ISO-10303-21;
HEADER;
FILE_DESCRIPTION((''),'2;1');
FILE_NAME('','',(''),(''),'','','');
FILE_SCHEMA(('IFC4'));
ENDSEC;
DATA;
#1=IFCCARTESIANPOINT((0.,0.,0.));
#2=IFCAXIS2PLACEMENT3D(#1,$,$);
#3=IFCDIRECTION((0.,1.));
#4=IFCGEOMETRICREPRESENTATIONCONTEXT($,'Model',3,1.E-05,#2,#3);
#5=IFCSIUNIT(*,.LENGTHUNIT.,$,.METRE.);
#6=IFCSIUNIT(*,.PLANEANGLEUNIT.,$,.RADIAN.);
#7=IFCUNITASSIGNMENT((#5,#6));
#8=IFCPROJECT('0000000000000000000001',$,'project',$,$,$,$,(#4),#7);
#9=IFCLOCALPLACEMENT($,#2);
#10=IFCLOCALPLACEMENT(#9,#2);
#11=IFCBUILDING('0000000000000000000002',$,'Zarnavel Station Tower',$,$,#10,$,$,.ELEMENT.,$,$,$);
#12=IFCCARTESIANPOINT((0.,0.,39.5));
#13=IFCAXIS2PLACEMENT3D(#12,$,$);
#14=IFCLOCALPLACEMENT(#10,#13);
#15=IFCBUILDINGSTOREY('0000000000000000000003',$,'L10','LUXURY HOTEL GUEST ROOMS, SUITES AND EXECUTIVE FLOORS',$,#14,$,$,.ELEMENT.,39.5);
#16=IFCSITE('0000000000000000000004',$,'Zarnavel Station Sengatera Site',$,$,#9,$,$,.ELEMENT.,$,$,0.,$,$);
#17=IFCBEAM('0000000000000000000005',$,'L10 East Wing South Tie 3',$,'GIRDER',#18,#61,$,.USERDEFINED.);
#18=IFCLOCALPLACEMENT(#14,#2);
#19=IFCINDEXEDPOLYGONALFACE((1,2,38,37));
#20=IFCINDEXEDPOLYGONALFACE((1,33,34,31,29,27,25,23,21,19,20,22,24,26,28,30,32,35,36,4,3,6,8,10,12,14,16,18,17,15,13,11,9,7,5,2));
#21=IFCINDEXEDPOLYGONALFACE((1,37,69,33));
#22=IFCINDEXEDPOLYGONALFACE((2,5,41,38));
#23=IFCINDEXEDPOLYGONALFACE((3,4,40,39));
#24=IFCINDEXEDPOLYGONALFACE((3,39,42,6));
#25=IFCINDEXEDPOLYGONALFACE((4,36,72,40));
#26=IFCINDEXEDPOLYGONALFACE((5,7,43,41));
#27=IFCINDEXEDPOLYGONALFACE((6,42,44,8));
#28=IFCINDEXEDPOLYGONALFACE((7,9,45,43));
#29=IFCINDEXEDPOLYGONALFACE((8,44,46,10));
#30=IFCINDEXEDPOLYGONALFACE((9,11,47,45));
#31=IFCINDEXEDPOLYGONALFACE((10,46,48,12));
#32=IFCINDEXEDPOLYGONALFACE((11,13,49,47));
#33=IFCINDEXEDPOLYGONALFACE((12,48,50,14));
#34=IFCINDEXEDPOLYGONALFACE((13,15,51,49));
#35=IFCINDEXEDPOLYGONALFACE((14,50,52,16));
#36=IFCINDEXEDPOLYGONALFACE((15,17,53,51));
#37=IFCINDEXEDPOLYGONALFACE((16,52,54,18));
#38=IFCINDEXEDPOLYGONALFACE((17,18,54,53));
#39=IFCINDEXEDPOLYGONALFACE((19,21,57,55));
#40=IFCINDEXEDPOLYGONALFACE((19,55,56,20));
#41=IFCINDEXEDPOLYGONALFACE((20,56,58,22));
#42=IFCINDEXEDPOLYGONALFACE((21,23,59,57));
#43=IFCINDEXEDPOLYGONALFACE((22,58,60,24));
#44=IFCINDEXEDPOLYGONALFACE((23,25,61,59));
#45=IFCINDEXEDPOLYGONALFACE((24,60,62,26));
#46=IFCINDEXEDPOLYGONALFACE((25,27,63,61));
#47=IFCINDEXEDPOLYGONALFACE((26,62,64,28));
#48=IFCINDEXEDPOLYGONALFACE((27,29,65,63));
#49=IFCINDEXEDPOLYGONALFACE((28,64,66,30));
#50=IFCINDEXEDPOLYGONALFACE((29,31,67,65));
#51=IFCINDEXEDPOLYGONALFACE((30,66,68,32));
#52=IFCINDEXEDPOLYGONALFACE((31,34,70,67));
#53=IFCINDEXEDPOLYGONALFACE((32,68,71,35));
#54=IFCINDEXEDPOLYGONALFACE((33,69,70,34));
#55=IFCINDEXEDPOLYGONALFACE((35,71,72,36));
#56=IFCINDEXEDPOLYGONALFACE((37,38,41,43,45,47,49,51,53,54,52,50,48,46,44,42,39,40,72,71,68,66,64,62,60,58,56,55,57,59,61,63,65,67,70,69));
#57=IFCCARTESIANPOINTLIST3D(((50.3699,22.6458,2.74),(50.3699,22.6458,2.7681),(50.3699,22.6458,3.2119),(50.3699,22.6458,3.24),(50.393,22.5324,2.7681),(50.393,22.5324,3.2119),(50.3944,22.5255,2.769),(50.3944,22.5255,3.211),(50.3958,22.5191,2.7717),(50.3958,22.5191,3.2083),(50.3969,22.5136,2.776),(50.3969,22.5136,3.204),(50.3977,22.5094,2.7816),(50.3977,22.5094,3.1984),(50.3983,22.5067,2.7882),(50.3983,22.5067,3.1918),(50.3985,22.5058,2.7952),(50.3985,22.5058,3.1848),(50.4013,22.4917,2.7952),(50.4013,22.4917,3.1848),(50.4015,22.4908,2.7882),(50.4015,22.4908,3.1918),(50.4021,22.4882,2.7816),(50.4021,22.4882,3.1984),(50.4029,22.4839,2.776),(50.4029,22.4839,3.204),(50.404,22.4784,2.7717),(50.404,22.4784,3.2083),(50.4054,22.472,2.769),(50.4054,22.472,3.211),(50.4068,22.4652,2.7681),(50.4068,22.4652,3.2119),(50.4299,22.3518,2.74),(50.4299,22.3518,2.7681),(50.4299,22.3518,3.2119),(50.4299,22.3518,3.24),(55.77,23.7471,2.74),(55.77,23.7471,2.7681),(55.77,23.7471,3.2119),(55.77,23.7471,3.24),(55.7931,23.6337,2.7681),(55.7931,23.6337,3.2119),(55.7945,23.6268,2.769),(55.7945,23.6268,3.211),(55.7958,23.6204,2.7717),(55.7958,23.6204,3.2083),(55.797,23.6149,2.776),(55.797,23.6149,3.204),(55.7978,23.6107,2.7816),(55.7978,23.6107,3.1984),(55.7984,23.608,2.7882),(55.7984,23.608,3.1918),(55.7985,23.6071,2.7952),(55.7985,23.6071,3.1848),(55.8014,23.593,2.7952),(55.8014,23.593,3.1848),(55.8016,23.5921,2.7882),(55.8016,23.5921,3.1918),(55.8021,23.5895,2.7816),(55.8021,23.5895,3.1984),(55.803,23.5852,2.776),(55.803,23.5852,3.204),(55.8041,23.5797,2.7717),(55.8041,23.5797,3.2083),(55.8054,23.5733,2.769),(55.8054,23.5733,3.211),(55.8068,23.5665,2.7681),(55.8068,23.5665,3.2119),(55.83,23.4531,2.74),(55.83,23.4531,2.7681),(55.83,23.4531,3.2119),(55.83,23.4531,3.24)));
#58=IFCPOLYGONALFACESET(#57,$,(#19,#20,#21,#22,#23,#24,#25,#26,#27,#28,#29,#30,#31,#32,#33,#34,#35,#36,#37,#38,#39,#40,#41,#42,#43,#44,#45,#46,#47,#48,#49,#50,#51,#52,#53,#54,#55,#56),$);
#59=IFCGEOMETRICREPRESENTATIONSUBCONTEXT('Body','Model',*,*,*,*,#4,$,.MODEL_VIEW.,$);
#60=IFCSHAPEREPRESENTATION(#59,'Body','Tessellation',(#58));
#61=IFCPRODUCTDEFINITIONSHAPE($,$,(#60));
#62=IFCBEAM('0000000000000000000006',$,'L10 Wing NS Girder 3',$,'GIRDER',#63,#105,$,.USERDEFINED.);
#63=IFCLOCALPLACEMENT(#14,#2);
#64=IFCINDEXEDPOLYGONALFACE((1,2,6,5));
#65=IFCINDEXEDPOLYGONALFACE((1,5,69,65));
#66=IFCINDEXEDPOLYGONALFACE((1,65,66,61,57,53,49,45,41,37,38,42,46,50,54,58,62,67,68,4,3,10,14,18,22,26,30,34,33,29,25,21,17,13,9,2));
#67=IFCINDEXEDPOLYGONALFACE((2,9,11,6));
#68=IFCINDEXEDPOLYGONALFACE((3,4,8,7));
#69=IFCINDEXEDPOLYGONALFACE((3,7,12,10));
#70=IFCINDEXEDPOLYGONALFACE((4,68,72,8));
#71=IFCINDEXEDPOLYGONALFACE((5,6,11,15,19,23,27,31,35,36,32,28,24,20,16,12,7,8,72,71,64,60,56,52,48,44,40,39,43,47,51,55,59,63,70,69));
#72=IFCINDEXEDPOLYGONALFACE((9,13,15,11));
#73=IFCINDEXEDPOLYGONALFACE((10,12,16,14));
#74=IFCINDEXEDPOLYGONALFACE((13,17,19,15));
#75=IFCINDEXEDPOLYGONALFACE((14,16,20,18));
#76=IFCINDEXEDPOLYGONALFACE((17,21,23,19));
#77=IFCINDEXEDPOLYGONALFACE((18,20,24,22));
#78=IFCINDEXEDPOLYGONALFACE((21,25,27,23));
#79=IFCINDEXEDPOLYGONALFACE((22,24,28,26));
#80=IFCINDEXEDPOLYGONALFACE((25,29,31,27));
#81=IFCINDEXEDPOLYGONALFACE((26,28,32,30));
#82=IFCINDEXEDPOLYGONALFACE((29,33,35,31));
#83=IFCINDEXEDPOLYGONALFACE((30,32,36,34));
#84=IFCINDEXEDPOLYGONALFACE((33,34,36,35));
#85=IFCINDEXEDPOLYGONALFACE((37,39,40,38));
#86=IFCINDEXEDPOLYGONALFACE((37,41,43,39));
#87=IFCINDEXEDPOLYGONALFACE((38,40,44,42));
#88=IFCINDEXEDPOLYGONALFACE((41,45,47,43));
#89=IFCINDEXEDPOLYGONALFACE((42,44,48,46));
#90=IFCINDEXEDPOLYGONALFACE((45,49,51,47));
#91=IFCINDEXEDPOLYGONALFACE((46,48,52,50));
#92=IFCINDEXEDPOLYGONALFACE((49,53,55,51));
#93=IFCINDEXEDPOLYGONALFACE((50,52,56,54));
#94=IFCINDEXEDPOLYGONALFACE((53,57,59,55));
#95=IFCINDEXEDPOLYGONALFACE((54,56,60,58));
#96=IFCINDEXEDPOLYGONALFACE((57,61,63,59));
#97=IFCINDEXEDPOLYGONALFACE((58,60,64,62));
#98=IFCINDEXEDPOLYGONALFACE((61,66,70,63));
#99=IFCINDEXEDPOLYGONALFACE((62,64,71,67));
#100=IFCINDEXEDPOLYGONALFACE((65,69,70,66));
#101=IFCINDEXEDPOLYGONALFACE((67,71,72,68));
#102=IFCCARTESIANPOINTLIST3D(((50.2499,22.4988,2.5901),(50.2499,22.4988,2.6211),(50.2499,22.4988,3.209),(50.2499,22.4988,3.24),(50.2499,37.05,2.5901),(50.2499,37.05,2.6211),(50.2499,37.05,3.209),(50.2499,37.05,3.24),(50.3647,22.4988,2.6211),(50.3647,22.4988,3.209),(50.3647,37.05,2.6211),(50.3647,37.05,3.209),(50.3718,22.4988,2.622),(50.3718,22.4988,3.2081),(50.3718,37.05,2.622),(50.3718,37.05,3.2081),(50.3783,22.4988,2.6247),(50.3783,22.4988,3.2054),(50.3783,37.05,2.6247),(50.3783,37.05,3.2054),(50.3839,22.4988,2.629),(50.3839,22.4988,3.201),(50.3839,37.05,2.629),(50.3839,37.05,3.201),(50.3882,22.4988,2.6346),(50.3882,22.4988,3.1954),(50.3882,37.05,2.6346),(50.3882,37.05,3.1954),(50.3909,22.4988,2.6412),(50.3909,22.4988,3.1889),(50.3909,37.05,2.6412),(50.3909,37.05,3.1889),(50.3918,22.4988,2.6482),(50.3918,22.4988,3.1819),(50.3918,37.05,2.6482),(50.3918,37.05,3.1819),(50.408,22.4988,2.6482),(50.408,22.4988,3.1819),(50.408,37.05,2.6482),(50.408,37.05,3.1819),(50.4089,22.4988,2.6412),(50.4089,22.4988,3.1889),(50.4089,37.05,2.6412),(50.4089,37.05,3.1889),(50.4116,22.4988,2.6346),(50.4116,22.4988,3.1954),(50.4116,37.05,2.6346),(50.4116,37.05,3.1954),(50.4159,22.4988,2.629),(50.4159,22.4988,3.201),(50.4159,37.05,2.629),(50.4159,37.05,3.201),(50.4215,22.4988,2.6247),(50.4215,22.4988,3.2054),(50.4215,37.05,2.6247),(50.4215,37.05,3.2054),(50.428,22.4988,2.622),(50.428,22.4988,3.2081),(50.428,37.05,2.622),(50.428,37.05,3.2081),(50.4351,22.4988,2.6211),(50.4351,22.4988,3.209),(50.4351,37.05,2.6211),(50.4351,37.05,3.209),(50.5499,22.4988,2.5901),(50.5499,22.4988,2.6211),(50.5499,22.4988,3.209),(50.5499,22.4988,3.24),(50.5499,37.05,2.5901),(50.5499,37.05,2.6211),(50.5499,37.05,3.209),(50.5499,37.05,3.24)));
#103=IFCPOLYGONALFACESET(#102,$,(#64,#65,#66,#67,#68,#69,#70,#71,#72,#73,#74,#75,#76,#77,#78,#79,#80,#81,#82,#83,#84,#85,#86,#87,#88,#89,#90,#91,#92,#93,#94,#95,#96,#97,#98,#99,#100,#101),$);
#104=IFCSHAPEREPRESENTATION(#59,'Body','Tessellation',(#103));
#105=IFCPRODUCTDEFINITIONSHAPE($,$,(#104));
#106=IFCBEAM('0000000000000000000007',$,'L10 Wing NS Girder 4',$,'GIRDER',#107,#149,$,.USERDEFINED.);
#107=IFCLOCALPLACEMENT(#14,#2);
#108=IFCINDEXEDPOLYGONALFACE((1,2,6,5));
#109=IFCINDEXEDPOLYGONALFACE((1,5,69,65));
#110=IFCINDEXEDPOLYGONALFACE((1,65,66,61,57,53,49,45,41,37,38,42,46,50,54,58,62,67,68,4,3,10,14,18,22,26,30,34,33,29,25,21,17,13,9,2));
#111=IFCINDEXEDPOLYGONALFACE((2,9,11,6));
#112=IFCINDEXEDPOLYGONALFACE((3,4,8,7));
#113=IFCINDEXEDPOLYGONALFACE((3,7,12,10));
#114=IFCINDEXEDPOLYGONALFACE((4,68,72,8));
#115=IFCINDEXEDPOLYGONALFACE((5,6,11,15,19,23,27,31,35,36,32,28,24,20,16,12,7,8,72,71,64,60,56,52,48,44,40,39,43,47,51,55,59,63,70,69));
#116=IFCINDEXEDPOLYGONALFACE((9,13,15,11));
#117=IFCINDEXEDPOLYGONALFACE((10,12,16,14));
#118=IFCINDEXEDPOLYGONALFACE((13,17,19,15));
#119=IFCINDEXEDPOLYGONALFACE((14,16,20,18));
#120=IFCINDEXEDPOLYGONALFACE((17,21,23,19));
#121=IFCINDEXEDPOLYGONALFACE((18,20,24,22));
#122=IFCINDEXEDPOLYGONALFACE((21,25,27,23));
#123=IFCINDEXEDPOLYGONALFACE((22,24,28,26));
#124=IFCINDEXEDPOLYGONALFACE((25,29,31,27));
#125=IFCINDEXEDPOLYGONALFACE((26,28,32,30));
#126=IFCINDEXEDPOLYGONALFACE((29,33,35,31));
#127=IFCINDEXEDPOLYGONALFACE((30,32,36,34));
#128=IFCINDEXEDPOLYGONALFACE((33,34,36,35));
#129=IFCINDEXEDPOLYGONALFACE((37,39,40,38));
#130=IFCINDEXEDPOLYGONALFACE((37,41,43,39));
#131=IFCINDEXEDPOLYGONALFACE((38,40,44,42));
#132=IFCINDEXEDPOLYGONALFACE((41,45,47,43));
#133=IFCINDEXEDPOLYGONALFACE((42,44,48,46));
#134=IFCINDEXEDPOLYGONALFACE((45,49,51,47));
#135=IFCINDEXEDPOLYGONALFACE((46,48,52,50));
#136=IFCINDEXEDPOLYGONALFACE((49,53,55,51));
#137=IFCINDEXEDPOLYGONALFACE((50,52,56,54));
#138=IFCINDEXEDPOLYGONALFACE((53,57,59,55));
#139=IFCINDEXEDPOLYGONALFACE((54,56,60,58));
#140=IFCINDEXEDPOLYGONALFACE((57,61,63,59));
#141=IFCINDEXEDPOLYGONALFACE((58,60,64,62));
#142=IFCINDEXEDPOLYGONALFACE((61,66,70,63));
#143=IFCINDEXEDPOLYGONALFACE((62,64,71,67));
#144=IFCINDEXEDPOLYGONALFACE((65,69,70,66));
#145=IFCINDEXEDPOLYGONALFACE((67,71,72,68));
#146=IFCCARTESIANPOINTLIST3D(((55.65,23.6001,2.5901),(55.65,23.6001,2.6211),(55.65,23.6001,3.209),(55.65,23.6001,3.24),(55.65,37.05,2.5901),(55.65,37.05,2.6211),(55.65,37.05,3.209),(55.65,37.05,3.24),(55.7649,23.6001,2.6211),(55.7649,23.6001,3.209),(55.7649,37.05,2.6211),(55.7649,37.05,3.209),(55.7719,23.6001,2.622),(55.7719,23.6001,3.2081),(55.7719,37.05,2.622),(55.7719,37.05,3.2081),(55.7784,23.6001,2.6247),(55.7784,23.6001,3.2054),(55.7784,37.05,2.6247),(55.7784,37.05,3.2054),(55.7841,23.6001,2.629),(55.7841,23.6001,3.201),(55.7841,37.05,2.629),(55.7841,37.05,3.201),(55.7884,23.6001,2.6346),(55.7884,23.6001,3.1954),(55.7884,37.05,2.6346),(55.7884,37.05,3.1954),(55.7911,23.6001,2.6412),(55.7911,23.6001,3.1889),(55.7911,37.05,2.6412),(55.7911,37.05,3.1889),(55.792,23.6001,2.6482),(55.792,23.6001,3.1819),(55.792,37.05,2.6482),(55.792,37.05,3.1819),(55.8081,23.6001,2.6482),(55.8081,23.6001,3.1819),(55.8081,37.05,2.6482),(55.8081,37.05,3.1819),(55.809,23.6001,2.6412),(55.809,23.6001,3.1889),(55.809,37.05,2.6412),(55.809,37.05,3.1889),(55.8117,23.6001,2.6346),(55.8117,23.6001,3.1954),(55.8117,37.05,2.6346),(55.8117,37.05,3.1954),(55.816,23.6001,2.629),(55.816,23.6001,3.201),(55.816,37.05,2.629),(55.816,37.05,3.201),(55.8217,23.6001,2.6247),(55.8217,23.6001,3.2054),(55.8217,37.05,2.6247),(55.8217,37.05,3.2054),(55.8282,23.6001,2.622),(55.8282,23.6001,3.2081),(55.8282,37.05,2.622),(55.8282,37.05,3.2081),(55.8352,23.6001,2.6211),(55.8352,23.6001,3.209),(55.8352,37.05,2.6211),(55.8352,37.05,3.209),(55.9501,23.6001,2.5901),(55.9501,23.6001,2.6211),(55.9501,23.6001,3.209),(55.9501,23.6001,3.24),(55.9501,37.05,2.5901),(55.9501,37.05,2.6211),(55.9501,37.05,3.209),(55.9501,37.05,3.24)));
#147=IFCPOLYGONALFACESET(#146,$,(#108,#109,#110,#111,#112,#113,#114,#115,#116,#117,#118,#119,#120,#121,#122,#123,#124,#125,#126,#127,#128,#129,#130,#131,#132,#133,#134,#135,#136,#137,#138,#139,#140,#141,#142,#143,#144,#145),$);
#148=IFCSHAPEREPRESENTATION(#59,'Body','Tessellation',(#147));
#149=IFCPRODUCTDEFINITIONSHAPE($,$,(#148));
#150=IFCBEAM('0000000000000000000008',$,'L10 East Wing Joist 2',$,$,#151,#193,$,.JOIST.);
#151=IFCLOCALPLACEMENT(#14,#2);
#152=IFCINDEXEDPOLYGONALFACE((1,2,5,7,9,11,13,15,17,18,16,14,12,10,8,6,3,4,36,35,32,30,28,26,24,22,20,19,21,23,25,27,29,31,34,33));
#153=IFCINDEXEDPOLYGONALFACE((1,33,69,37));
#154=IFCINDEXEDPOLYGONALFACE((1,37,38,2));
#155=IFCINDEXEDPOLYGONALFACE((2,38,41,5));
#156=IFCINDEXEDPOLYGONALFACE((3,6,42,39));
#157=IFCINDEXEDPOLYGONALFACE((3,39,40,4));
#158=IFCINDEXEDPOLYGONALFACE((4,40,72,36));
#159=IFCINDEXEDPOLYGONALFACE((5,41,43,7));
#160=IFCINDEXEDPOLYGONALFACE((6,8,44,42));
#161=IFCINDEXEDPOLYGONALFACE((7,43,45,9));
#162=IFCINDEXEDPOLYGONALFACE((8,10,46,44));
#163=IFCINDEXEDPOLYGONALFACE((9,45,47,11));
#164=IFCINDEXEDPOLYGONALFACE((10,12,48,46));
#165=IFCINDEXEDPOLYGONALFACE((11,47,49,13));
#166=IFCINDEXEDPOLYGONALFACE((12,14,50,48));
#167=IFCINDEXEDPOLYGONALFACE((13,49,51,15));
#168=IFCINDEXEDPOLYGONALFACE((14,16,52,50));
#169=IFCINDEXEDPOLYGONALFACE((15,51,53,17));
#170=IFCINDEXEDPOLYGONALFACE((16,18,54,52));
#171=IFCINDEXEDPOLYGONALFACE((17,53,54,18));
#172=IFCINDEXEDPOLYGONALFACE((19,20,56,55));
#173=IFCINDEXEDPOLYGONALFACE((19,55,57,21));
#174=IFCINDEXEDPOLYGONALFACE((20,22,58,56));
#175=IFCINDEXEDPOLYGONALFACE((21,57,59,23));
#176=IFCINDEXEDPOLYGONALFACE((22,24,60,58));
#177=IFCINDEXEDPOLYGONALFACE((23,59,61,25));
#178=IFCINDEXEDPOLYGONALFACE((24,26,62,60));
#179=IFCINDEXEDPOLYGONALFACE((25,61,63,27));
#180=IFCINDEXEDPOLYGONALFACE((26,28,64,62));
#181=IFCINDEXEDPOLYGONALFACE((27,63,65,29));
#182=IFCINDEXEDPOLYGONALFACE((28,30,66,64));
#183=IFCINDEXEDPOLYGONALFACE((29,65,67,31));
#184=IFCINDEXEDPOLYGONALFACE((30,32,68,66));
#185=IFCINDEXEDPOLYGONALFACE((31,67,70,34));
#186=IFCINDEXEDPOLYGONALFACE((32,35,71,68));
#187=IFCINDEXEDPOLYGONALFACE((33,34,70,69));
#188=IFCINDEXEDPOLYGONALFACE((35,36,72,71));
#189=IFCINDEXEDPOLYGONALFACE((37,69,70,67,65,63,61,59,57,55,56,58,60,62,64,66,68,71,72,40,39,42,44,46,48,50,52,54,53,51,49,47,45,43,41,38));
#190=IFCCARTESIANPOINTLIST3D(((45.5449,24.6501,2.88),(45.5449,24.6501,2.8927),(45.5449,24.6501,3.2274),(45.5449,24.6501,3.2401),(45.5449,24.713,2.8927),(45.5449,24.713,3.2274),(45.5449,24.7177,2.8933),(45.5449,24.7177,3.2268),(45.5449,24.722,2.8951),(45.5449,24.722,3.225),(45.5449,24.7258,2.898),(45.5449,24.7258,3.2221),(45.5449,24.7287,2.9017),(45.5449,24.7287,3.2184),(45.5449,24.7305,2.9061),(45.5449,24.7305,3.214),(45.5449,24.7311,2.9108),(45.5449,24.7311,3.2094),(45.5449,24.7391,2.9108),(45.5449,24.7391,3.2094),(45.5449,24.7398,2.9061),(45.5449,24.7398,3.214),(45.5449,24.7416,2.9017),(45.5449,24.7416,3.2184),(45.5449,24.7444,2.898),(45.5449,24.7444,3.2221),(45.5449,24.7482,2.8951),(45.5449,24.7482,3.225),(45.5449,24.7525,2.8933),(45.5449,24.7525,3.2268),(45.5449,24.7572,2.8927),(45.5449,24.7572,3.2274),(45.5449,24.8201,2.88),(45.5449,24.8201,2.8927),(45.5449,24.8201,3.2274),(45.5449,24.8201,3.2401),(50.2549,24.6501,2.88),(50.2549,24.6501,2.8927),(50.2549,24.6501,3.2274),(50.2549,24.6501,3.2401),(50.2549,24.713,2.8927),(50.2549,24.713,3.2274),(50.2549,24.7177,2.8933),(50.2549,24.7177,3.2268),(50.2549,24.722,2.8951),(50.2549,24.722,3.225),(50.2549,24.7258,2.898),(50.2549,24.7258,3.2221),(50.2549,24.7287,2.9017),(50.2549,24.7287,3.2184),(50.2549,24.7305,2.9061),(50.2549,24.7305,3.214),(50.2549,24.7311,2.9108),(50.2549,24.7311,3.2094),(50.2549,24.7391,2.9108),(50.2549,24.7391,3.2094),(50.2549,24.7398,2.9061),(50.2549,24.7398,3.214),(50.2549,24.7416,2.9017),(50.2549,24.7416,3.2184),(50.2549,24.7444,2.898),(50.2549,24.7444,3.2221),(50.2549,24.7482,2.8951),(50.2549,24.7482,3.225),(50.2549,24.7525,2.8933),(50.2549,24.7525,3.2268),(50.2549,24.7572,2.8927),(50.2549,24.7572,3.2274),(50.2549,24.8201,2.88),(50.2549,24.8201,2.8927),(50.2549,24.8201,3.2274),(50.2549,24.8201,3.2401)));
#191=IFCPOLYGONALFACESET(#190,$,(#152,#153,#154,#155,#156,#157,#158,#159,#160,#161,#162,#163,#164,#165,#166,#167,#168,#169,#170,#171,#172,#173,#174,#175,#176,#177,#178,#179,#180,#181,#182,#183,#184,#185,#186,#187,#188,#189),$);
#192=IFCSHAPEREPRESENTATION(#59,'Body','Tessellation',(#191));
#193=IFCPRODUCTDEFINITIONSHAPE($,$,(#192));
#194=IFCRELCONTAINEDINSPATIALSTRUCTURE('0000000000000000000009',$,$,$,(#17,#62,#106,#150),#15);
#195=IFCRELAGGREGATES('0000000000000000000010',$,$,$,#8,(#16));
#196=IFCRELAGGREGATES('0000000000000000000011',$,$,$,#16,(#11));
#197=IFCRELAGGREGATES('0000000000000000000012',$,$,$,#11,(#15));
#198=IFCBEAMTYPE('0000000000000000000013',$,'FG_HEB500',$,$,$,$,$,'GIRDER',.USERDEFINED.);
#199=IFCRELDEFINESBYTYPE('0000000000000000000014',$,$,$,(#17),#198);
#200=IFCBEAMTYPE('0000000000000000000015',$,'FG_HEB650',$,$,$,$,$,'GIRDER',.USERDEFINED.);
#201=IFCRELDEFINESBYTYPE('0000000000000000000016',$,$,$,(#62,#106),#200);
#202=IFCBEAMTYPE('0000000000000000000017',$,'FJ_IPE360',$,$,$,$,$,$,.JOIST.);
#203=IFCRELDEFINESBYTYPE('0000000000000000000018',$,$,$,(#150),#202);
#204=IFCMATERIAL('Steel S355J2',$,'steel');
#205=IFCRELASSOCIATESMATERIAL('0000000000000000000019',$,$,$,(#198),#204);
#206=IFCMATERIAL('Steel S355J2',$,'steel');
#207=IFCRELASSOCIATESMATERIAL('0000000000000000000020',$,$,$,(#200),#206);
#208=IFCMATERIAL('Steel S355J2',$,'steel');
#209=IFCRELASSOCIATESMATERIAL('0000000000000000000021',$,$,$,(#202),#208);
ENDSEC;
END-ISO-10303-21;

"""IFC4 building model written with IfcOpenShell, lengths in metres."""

from ifc_helpers import new_model, si_unit, direction, frame, origin, origin_2d, place, context, subcontext, project, spatial, i_section, extrude, material, material_profile, profile_set, type_object, element, save


model = new_model("IFC4")

# Units and contexts
model_context = context("Model", 3, precision=1e-05, world=origin(), true_north=direction((0.0, 1.0)))
body_context = subcontext(model_context, "Body", "Model", "MODEL_VIEW")
ifc_project = project(units=[si_unit("LENGTHUNIT", "METRE"), si_unit("PLANEANGLEUNIT", "RADIAN")], contexts=[model_context])

# Site, building, storey
site_placement = place(None, origin())
site = spatial("IfcSite", under=ifc_project, at=site_placement, Name="Zarnavel Station Sengatera Site", CompositionType="ELEMENT", RefElevation=0.0)
building_placement = place(site_placement, origin())
building = spatial("IfcBuilding", under=site, at=building_placement, Name="Zarnavel Station Tower", CompositionType="ELEMENT")
storey_placement = place(building_placement, frame((0.0, 0.0, 39.5)))
storey = spatial("IfcBuildingStorey", under=building, at=storey_placement, Name="L10", Description="LUXURY HOTEL GUEST ROOMS, SUITES AND EXECUTIVE FLOORS", CompositionType="ELEMENT", Elevation=39.5)

# Beams
ifc_material_1 = material(Name="Steel S355J2", Category="steel")
ifc_material_profile_1 = material_profile(ifc_material_1, i_section(OverallWidth=0.3, OverallDepth=0.5, WebThickness=0.0144, FlangeThickness=0.0281, FilletRadius=0.0271, at=origin_2d()), Name="HEB500")
ifc_profile_set_1 = profile_set([ifc_material_profile_1], Name="Steel S355J2")
beam_type_1 = type_object("IfcBeamType", Name="FG_HEB500", ElementType="GIRDER", PredefinedType="USERDEFINED", material=ifc_profile_set_1)
beam_1_placement = place(storey_placement, frame((50.3999, 22.4988, 2.99), z_axis=(0.979831, 0.199829, 0.0), x_axis=(-0.199829, 0.979831, 0.0)))
element("IfcBeam", 1, at=beam_1_placement, inside=storey, type_object=beam_type_1, Name="L10 East Wing South Tie 3", ObjectType="GIRDER", PredefinedType="USERDEFINED", context=body_context, shape_type="SweptSolid", body=[
    extrude(i_section(OverallWidth=0.3, OverallDepth=0.5, WebThickness=0.0144, FlangeThickness=0.0281, FilletRadius=0.0271, at=origin_2d()), origin(), (0.0, 0.0, 1.0), 5.5112),
])
ifc_material_2 = material(Name="Steel S355J2", Category="steel")
ifc_material_profile_2 = material_profile(ifc_material_2, i_section(OverallWidth=0.3, OverallDepth=0.6499, WebThickness=0.0161, FlangeThickness=0.031, FilletRadius=0.0271, at=origin_2d()), Name="HEB650")
ifc_profile_set_2 = profile_set([ifc_material_profile_2], Name="Steel S355J2")
beam_type_2 = type_object("IfcBeamType", Name="FG_HEB650", ElementType="GIRDER", PredefinedType="USERDEFINED", material=ifc_profile_set_2)
beam_2_placement = place(storey_placement, frame((50.3999, 22.4988, 2.915), z_axis=(0.0, 1.0, 0.0), x_axis=(-1.0, 0.0, 0.0)))
element("IfcBeam", 2, at=beam_2_placement, inside=storey, type_object=beam_type_2, Name="L10 Wing NS Girder 3", ObjectType="GIRDER", PredefinedType="USERDEFINED", context=body_context, shape_type="SweptSolid", body=[
    extrude(i_section(OverallWidth=0.3, OverallDepth=0.6499, WebThickness=0.0161, FlangeThickness=0.031, FilletRadius=0.0271, at=origin_2d()), origin(), (0.0, 0.0, 1.0), 14.5513),
])
beam_3_placement = place(storey_placement, frame((55.8, 23.6001, 2.915), z_axis=(0.0, 1.0, 0.0), x_axis=(-1.0, 0.0, 0.0)))
element("IfcBeam", 3, at=beam_3_placement, inside=storey, type_object=beam_type_2, Name="L10 Wing NS Girder 4", ObjectType="GIRDER", PredefinedType="USERDEFINED", context=body_context, shape_type="SweptSolid", body=[
    extrude(i_section(OverallWidth=0.3, OverallDepth=0.6499, WebThickness=0.0161, FlangeThickness=0.031, FilletRadius=0.0271, at=origin_2d()), origin(), (0.0, 0.0, 1.0), 13.45),
])
ifc_material_3 = material(Name="Steel S355J2", Category="steel")
ifc_material_profile_3 = material_profile(ifc_material_3, i_section(OverallWidth=0.1699, OverallDepth=0.3601, WebThickness=0.0081, FlangeThickness=0.0127, FilletRadius=0.0181, at=origin_2d()), Name="IPE360")
ifc_profile_set_3 = profile_set([ifc_material_profile_3], Name="Steel S355J2")
beam_type_3 = type_object("IfcBeamType", Name="FJ_IPE360", PredefinedType="JOIST", material=ifc_profile_set_3)
beam_4_placement = place(storey_placement, frame((45.5449, 24.7351, 3.0601), z_axis=(1.0, 0.0, 0.0), x_axis=(0.0, 1.0, 0.0)))
element("IfcBeam", 4, at=beam_4_placement, inside=storey, type_object=beam_type_3, Name="L10 East Wing Joist 2", PredefinedType="JOIST", context=body_context, shape_type="SweptSolid", body=[
    extrude(i_section(OverallWidth=0.1699, OverallDepth=0.3601, WebThickness=0.0081, FlangeThickness=0.0127, FilletRadius=0.0181, at=origin_2d()), origin(), (0.0, 0.0, 1.0), 4.71),
])

save(model, "model.ifc")
